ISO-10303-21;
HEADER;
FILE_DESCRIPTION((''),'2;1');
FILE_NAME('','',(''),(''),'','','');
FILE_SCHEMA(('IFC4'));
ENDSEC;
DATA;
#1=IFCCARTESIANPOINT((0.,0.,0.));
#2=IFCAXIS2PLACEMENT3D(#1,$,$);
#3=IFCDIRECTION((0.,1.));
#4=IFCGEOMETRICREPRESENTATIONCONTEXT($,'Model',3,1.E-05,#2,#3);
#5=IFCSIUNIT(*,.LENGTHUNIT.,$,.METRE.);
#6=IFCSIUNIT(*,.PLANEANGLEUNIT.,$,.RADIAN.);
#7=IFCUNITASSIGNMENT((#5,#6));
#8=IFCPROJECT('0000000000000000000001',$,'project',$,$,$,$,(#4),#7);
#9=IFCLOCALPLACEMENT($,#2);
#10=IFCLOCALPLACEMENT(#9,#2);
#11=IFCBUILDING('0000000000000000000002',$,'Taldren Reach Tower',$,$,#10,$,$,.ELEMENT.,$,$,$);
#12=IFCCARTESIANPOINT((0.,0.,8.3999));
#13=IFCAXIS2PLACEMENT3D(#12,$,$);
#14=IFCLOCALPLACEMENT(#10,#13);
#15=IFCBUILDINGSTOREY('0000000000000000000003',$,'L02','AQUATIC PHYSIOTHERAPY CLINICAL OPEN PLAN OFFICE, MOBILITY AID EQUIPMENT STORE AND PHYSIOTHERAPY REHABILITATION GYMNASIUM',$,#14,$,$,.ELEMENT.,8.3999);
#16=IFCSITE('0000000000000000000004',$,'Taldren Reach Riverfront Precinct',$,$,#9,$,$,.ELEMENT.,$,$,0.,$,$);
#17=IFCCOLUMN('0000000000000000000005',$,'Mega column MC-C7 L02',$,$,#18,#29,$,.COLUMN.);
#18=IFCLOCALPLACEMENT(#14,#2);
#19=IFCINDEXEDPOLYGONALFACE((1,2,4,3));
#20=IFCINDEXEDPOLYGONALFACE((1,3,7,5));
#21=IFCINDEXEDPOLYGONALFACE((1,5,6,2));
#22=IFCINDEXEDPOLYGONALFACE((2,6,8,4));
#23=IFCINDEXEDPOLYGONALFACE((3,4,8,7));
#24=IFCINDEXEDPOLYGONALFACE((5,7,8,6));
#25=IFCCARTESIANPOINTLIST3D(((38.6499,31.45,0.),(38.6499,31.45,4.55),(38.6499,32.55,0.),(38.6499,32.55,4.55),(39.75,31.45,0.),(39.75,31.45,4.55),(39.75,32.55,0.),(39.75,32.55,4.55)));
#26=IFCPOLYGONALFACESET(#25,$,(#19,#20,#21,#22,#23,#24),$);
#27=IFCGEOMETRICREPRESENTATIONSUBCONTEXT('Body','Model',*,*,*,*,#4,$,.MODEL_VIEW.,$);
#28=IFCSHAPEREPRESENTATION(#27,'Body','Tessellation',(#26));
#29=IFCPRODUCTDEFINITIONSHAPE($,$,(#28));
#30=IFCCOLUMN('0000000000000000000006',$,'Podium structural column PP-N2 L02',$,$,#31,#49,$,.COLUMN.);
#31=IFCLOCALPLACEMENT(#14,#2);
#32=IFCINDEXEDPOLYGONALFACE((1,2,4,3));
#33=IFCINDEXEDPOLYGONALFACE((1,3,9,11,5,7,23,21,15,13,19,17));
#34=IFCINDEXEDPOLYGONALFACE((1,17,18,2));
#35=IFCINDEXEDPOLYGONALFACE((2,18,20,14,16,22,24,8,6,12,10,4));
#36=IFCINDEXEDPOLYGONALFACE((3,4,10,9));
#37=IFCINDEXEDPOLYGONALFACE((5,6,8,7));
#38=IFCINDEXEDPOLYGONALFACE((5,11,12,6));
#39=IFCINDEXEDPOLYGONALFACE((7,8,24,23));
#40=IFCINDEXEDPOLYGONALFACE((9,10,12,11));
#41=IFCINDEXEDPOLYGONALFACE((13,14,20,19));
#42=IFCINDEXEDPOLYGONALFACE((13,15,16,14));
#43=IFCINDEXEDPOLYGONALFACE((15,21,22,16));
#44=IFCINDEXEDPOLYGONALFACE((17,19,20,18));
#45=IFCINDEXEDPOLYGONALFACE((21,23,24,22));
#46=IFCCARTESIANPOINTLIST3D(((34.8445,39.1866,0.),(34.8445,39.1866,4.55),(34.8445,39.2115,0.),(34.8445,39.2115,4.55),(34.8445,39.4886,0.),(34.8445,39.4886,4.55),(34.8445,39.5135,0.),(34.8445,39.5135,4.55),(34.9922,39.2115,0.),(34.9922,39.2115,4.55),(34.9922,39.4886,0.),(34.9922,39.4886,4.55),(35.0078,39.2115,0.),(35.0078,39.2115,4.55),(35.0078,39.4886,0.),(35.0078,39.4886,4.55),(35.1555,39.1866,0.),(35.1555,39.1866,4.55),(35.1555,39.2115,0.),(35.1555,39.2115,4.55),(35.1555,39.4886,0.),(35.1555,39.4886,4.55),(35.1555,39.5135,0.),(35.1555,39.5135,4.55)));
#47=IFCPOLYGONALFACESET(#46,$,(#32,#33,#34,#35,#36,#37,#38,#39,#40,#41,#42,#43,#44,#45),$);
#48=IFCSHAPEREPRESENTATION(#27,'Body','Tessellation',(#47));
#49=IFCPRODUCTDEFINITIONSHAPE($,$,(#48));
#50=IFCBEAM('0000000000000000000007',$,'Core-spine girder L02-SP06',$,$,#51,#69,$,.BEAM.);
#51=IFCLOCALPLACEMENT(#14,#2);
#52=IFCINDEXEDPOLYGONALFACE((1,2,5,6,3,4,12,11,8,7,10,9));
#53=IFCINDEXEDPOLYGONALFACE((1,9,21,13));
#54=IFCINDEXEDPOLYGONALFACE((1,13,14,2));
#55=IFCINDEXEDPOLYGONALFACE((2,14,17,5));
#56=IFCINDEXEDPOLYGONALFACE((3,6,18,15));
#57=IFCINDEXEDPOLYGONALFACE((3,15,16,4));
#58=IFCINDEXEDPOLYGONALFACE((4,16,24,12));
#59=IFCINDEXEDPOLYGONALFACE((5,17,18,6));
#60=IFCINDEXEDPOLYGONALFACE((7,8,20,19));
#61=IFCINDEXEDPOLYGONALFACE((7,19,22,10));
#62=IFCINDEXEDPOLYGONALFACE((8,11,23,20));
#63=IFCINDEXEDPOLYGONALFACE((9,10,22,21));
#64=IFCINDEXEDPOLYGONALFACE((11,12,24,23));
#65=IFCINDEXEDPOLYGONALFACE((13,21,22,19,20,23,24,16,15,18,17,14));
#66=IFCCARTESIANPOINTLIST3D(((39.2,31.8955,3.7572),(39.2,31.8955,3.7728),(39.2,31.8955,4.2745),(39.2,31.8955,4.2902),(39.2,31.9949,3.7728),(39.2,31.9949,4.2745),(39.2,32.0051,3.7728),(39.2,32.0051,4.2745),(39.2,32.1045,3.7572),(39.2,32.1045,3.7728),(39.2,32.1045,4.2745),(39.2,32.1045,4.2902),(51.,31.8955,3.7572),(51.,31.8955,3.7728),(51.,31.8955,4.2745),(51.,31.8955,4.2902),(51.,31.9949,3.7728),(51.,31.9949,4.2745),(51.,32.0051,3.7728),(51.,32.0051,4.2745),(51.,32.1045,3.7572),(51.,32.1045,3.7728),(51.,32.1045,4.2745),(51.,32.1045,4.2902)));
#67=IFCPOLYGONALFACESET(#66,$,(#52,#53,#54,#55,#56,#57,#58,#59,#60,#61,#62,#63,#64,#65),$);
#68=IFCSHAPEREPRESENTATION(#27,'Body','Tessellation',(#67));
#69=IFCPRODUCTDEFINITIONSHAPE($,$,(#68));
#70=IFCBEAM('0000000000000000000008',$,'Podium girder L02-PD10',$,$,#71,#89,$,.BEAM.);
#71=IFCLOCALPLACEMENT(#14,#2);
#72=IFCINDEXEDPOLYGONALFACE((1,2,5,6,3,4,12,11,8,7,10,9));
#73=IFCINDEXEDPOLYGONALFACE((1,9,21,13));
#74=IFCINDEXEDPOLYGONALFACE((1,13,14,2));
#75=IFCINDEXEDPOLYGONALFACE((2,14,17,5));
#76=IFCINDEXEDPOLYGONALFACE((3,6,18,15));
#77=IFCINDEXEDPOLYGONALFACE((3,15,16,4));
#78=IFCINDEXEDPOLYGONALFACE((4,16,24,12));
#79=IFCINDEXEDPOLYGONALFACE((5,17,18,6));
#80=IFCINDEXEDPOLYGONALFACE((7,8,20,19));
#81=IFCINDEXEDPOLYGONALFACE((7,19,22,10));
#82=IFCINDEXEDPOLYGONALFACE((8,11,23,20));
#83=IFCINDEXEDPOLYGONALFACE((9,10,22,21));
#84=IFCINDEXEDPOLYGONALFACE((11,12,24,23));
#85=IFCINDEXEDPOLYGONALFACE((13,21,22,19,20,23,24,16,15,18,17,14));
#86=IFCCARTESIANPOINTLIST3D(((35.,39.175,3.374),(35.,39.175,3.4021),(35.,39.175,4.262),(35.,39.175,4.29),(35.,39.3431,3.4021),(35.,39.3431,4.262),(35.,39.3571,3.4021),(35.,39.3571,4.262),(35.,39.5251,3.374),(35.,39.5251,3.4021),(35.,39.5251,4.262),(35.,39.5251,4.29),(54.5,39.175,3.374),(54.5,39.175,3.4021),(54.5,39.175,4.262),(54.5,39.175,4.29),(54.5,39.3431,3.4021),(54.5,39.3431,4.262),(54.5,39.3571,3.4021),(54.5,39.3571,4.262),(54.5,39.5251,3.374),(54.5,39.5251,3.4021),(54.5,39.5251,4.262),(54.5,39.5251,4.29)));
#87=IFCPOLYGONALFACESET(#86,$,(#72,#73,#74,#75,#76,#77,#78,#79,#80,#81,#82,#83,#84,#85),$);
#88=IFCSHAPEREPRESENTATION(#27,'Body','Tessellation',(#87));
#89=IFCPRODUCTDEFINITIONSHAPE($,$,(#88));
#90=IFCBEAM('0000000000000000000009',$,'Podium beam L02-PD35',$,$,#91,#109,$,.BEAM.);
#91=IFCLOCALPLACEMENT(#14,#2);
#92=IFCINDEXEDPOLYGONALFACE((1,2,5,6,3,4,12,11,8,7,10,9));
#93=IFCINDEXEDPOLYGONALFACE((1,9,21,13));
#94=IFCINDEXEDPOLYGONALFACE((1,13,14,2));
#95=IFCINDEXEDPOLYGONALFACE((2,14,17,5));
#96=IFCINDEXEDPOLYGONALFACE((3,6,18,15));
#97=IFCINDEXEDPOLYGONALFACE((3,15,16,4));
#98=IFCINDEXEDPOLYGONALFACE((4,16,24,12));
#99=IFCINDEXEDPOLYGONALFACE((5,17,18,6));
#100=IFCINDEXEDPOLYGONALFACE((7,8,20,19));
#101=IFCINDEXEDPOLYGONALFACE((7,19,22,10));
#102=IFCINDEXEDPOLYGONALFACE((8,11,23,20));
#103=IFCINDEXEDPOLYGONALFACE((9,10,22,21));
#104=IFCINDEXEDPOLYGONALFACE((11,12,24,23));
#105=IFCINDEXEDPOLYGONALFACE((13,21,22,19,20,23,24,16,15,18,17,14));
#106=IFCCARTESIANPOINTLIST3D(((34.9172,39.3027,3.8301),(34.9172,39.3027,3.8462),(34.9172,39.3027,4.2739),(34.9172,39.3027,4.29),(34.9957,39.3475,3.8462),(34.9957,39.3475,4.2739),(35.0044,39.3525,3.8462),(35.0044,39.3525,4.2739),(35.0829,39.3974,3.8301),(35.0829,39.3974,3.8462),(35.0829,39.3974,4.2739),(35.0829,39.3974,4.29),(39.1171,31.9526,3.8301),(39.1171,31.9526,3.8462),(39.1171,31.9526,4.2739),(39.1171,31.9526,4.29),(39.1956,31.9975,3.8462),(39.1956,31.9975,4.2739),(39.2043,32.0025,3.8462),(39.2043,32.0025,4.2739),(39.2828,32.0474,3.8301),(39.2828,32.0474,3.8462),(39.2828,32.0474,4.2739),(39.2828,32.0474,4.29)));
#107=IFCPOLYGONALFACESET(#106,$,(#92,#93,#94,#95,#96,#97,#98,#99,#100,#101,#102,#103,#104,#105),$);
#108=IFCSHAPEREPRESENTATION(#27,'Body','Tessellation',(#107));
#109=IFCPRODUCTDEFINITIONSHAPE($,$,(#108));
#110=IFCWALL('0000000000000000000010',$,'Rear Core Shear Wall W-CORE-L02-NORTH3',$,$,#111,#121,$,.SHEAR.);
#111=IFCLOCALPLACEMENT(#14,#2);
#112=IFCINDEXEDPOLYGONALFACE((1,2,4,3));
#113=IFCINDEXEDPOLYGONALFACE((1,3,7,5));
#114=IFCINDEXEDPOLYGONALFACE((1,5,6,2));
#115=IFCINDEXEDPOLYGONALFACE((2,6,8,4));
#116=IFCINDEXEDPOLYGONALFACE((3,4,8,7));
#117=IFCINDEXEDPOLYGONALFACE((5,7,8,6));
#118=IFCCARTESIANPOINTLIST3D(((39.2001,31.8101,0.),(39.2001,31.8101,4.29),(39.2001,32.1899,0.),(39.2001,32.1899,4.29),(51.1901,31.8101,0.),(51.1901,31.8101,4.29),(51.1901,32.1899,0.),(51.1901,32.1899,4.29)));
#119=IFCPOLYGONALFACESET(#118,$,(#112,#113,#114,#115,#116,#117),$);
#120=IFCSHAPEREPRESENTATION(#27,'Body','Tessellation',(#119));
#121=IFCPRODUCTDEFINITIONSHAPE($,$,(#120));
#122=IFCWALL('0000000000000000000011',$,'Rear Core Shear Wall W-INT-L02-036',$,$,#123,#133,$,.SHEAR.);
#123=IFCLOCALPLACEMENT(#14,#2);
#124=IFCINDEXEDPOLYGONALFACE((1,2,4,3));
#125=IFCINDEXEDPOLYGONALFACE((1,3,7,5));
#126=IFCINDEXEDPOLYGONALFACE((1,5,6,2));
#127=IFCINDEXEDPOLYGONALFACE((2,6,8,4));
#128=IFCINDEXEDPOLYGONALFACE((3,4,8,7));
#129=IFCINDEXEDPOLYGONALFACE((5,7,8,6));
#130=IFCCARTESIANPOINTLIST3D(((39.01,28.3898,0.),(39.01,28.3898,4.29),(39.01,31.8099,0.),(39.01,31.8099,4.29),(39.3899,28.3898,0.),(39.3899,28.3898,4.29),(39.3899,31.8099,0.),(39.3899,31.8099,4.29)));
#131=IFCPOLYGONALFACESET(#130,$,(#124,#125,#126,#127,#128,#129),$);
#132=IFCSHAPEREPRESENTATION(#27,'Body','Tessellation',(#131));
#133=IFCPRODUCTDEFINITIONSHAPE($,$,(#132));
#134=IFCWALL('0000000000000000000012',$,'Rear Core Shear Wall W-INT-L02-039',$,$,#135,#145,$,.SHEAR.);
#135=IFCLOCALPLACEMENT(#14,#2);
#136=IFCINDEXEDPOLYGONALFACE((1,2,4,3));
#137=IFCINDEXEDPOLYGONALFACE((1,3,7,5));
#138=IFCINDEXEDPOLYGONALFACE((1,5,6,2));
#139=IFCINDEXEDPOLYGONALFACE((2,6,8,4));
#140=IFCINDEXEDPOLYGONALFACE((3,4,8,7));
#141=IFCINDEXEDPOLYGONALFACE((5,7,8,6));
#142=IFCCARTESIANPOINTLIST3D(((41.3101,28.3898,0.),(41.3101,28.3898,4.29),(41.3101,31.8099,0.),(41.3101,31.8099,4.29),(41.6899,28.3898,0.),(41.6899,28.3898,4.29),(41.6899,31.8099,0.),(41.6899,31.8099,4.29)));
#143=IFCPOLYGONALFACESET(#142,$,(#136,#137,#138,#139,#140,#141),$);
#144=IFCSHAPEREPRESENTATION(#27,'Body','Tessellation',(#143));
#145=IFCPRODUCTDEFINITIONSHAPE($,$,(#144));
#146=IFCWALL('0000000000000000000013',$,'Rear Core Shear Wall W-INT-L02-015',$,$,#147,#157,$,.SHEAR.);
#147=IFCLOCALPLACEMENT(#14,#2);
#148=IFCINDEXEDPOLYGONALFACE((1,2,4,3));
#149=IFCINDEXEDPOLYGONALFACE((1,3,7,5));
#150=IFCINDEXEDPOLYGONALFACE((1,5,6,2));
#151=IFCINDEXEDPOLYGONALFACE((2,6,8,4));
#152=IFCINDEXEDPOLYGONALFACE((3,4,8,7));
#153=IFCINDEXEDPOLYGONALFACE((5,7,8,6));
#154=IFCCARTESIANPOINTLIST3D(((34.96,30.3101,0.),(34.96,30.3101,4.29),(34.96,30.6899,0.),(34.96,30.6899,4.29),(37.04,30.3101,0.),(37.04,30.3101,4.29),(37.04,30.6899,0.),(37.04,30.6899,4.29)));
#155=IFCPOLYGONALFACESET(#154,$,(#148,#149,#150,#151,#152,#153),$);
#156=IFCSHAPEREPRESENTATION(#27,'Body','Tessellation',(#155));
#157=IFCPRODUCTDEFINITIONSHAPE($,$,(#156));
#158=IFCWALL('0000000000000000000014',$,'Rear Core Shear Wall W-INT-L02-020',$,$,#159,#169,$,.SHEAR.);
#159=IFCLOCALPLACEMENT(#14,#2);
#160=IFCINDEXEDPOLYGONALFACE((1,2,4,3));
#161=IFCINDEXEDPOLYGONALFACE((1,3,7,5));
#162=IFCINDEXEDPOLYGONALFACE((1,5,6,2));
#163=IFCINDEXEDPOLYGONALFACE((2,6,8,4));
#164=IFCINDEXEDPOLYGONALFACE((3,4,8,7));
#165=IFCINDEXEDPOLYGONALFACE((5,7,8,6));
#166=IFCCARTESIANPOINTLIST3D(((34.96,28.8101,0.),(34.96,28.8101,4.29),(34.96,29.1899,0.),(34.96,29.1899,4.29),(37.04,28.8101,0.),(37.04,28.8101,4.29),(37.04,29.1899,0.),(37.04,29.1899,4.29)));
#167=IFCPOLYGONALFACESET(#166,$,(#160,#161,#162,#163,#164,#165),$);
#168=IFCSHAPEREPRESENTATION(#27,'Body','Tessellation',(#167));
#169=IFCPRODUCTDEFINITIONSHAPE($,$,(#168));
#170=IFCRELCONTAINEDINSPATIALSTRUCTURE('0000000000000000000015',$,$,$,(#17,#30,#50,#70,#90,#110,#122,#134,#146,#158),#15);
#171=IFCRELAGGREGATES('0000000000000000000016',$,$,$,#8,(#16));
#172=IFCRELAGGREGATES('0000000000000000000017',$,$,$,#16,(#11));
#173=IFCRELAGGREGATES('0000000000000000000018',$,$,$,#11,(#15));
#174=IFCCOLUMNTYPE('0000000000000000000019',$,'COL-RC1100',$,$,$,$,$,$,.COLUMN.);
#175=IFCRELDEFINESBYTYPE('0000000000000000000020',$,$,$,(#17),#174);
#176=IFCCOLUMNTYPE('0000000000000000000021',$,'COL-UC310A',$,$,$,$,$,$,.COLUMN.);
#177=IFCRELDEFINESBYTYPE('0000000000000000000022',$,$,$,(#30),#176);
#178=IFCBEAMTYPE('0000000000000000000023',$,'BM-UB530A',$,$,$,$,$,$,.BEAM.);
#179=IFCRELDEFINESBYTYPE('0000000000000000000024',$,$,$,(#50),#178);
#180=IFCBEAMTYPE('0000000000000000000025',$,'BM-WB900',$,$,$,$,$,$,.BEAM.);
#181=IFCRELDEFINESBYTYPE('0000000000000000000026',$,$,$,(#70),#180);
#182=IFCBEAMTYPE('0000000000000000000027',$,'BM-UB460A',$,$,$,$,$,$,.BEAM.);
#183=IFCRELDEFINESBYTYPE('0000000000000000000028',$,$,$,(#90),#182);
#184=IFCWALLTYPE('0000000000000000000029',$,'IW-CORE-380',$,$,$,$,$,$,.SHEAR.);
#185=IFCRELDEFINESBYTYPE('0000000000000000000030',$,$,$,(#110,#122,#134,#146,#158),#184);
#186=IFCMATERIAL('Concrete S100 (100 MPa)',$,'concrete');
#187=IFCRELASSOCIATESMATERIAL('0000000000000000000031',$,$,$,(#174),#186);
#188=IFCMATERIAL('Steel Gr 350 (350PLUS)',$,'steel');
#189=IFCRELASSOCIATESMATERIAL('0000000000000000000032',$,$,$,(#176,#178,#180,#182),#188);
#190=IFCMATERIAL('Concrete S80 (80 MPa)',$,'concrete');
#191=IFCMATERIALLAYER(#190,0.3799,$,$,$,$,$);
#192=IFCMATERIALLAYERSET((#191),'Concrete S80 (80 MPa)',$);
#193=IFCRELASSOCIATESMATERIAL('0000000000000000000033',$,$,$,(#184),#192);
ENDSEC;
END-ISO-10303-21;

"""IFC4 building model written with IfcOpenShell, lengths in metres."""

from ifc_helpers import new_model, si_unit, direction, frame, frame_2d, origin, origin_2d, place, context, subcontext, project, spatial, rectangle, i_section, extrude, source, transform, mapped, material, layer, layer_set, material_profile, profile_set, type_object, element, save


model = new_model("IFC4")

# Units and contexts
model_context = context("Model", 3, precision=1e-05, world=origin(), true_north=direction((0.0, 1.0)))
body_context = subcontext(model_context, "Body", "Model", "MODEL_VIEW")
ifc_project = project(units=[si_unit("LENGTHUNIT", "METRE"), si_unit("PLANEANGLEUNIT", "RADIAN")], contexts=[model_context])

# Site, building, storey
site_placement = place(None, origin())
site = spatial("IfcSite", under=ifc_project, at=site_placement, Name="Taldren Reach Riverfront Precinct", CompositionType="ELEMENT", RefElevation=0.0)
building_placement = place(site_placement, origin())
building = spatial("IfcBuilding", under=site, at=building_placement, Name="Taldren Reach Tower", CompositionType="ELEMENT")
storey_placement = place(building_placement, frame((0.0, 0.0, 8.3999)))
storey = spatial("IfcBuildingStorey", under=building, at=storey_placement, Name="L02", Description="AQUATIC PHYSIOTHERAPY CLINICAL OPEN PLAN OFFICE, MOBILITY AID EQUIPMENT STORE AND PHYSIOTHERAPY REHABILITATION GYMNASIUM", CompositionType="ELEMENT", Elevation=8.3999)

# Columns
ifc_material_1 = material(Name="Concrete S100 (100 MPa)", Category="concrete")
ifc_material_profile_1 = material_profile(ifc_material_1, rectangle(XDim=1.1001, YDim=1.1001, at=origin_2d()), Name="RC-1100x1100")
ifc_profile_set_1 = profile_set([ifc_material_profile_1], Name="Concrete S100 (100 MPa)")
column_type_1 = type_object("IfcColumnType", Name="COL-RC1100", PredefinedType="COLUMN", material=ifc_profile_set_1)
shared_shape_1 = source(origin(), body_context, "Body", "SweptSolid", [
    extrude(rectangle(XDim=1.1001, YDim=1.1001, at=origin_2d()), origin(), (0.0, 0.0, 1.0), 4.55),
])
column_1_placement = place(storey_placement, frame((39.2, 32.0, 0.0), z_axis=(0.0, 0.0, 1.0), x_axis=(1.0, 0.0, 0.0)))
element("IfcColumn", 1, at=column_1_placement, inside=storey, type_object=column_type_1, Name="Mega column MC-C7 L02", PredefinedType="COLUMN", context=body_context, shape_type="MappedRepresentation", body=[
    mapped(shared_shape_1, transform((0.0, 0.0, 0.0), scale=1.0)),
])
ifc_material_2 = material(Name="Steel Gr 350 (350PLUS)", Category="steel")
ifc_material_profile_2 = material_profile(ifc_material_2, i_section(OverallWidth=0.311, OverallDepth=0.3269, WebThickness=0.0156, FlangeThickness=0.0249, at=origin_2d()), Name="310UC158")
ifc_profile_set_2 = profile_set([ifc_material_profile_2], Name="Steel Gr 350 (350PLUS)")
column_type_2 = type_object("IfcColumnType", Name="COL-UC310A", PredefinedType="COLUMN", material=ifc_profile_set_2)
shared_shape_2 = source(origin(), body_context, "Body", "SweptSolid", [
    extrude(i_section(OverallWidth=0.311, OverallDepth=0.3269, WebThickness=0.0156, FlangeThickness=0.0249, at=origin_2d()), origin(), (0.0, 0.0, 1.0), 4.55),
])
column_2_placement = place(storey_placement, frame((35.0, 39.3501, 0.0), z_axis=(0.0, 0.0, 1.0), x_axis=(1.0, 0.0, 0.0)))
element("IfcColumn", 2, at=column_2_placement, inside=storey, type_object=column_type_2, Name="Podium structural column PP-N2 L02", PredefinedType="COLUMN", context=body_context, shape_type="MappedRepresentation", body=[
    mapped(shared_shape_2, transform((0.0, 0.0, 0.0), scale=1.0)),
])

# Beams
ifc_material_profile_3 = material_profile(ifc_material_2, i_section(OverallWidth=0.209, OverallDepth=0.533, WebThickness=0.0103, FlangeThickness=0.0156, at=origin_2d()), Name="530UB92.4")
ifc_profile_set_3 = profile_set([ifc_material_profile_3], Name="Steel Gr 350 (350PLUS)")
beam_type_1 = type_object("IfcBeamType", Name="BM-UB530A", PredefinedType="BEAM", material=ifc_profile_set_3)
shared_shape_3 = source(origin(), body_context, "Body", "SweptSolid", [
    extrude(i_section(OverallWidth=0.209, OverallDepth=0.533, WebThickness=0.0103, FlangeThickness=0.0156, at=origin_2d()), origin(), (0.0, 0.0, 1.0), 11.8),
])
beam_1_placement = place(storey_placement, frame((39.2, 32.0, 4.0237), z_axis=(1.0, 0.0, 0.0), x_axis=(0.0, 1.0, 0.0)))
element("IfcBeam", 3, at=beam_1_placement, inside=storey, type_object=beam_type_1, Name="Core-spine girder L02-SP06", PredefinedType="BEAM", context=body_context, shape_type="MappedRepresentation", body=[
    mapped(shared_shape_3, transform((0.0, 0.0, 0.0), scale=1.0)),
])
ifc_material_profile_4 = material_profile(ifc_material_2, i_section(OverallWidth=0.3501, OverallDepth=0.916, WebThickness=0.0139, FlangeThickness=0.0281, at=origin_2d()), Name="900WB257")
ifc_profile_set_4 = profile_set([ifc_material_profile_4], Name="Steel Gr 350 (350PLUS)")
beam_type_2 = type_object("IfcBeamType", Name="BM-WB900", PredefinedType="BEAM", material=ifc_profile_set_4)
shared_shape_4 = source(origin(), body_context, "Body", "SweptSolid", [
    extrude(i_section(OverallWidth=0.3501, OverallDepth=0.916, WebThickness=0.0139, FlangeThickness=0.0281, at=origin_2d()), origin(), (0.0, 0.0, 1.0), 19.5),
])
beam_2_placement = place(storey_placement, frame((35.0, 39.3501, 3.832), z_axis=(1.0, 0.0, 0.0), x_axis=(0.0, 1.0, 0.0)))
element("IfcBeam", 4, at=beam_2_placement, inside=storey, type_object=beam_type_2, Name="Podium girder L02-PD10", PredefinedType="BEAM", context=body_context, shape_type="MappedRepresentation", body=[
    mapped(shared_shape_4, transform((0.0, 0.0, 0.0), scale=1.0)),
])
ifc_material_profile_5 = material_profile(ifc_material_2, i_section(OverallWidth=0.1909, OverallDepth=0.46, WebThickness=0.01, FlangeThickness=0.0161, at=origin_2d()), Name="460UB82.1")
ifc_profile_set_5 = profile_set([ifc_material_profile_5], Name="Steel Gr 350 (350PLUS)")
beam_type_3 = type_object("IfcBeamType", Name="BM-UB460A", PredefinedType="BEAM", material=ifc_profile_set_5)
shared_shape_5 = source(origin(), body_context, "Body", "SweptSolid", [
    extrude(i_section(OverallWidth=0.1909, OverallDepth=0.46, WebThickness=0.01, FlangeThickness=0.0161, at=origin_2d()), origin(), (0.0, 0.0, 1.0), 8.4653),
])
beam_3_placement = place(storey_placement, frame((39.2, 32.0, 4.0601), z_axis=(-0.49613, 0.868248, 0.0), x_axis=(-0.868248, -0.49613, 0.0)))
element("IfcBeam", 5, at=beam_3_placement, inside=storey, type_object=beam_type_3, Name="Podium beam L02-PD35", PredefinedType="BEAM", context=body_context, shape_type="MappedRepresentation", body=[
    mapped(shared_shape_5, transform((0.0, 0.0, 0.0), scale=1.0)),
])

# Walls
ifc_material_3 = material(Name="Concrete S80 (80 MPa)", Category="concrete")
ifc_layer = layer(ifc_material_3, 0.3799)
ifc_layer_set = layer_set([ifc_layer], Name="Concrete S80 (80 MPa)")
wall_type = type_object("IfcWallType", Name="IW-CORE-380", PredefinedType="SHEAR", material=ifc_layer_set)
shared_shape_6 = source(origin(), body_context, "Body", "SweptSolid", [
    extrude(rectangle(XDim=11.99, YDim=0.3799, at=frame_2d((5.9951, 0.0))), origin(), (0.0, 0.0, 1.0), 4.29),
])
wall_1_placement = place(storey_placement, frame((39.2, 32.0, 0.0), z_axis=(0.0, 0.0, 1.0), x_axis=(1.0, 0.0, 0.0)))
element("IfcWall", 6, at=wall_1_placement, inside=storey, type_object=wall_type, Name="Rear Core Shear Wall W-CORE-L02-NORTH3", PredefinedType="SHEAR", context=body_context, shape_type="MappedRepresentation", body=[
    mapped(shared_shape_6, transform((0.0, 0.0, 0.0), scale=1.0)),
])
shared_shape_7 = source(origin(), body_context, "Body", "SweptSolid", [
    extrude(rectangle(XDim=3.4202, YDim=0.3799, at=frame_2d((1.71, 0.0))), origin(), (0.0, 0.0, 1.0), 4.29),
])
for number, where, z_axis, x_axis, name in (
    (7, (39.2, 28.3899, 0.0), (0.0, 0.0, 1.0), (0.0, 1.0, 0.0), "Rear Core Shear Wall W-INT-L02-036"),
    (8, (41.5, 28.3899, 0.0), (0.0, 0.0, 1.0), (0.0, 1.0, 0.0), "Rear Core Shear Wall W-INT-L02-039"),
):
    element("IfcWall", number, at=place(storey_placement, frame(where, z_axis=z_axis, x_axis=x_axis)), inside=storey, type_object=wall_type, Name=name, PredefinedType="SHEAR", context=body_context, shape_type="MappedRepresentation", body=[
        mapped(shared_shape_7, transform((0.0, 0.0, 0.0), scale=1.0)),
    ])

# Walls
shared_shape_8 = source(origin(), body_context, "Body", "SweptSolid", [
    extrude(rectangle(XDim=2.0801, YDim=0.3799, at=frame_2d((1.04, 0.0))), origin(), (0.0, 0.0, 1.0), 4.29),
])
for number, where, z_axis, x_axis, name in (
    (9, (34.96, 30.5, 0.0), (0.0, 0.0, 1.0), (1.0, 0.0, 0.0), "Rear Core Shear Wall W-INT-L02-015"),
    (10, (34.96, 29.0, 0.0), (0.0, 0.0, 1.0), (1.0, 0.0, 0.0), "Rear Core Shear Wall W-INT-L02-020"),
):
    element("IfcWall", number, at=place(storey_placement, frame(where, z_axis=z_axis, x_axis=x_axis)), inside=storey, type_object=wall_type, Name=name, PredefinedType="SHEAR", context=body_context, shape_type="MappedRepresentation", body=[
        mapped(shared_shape_8, transform((0.0, 0.0, 0.0), scale=1.0)),
    ])

save(model, "model.ifc")
